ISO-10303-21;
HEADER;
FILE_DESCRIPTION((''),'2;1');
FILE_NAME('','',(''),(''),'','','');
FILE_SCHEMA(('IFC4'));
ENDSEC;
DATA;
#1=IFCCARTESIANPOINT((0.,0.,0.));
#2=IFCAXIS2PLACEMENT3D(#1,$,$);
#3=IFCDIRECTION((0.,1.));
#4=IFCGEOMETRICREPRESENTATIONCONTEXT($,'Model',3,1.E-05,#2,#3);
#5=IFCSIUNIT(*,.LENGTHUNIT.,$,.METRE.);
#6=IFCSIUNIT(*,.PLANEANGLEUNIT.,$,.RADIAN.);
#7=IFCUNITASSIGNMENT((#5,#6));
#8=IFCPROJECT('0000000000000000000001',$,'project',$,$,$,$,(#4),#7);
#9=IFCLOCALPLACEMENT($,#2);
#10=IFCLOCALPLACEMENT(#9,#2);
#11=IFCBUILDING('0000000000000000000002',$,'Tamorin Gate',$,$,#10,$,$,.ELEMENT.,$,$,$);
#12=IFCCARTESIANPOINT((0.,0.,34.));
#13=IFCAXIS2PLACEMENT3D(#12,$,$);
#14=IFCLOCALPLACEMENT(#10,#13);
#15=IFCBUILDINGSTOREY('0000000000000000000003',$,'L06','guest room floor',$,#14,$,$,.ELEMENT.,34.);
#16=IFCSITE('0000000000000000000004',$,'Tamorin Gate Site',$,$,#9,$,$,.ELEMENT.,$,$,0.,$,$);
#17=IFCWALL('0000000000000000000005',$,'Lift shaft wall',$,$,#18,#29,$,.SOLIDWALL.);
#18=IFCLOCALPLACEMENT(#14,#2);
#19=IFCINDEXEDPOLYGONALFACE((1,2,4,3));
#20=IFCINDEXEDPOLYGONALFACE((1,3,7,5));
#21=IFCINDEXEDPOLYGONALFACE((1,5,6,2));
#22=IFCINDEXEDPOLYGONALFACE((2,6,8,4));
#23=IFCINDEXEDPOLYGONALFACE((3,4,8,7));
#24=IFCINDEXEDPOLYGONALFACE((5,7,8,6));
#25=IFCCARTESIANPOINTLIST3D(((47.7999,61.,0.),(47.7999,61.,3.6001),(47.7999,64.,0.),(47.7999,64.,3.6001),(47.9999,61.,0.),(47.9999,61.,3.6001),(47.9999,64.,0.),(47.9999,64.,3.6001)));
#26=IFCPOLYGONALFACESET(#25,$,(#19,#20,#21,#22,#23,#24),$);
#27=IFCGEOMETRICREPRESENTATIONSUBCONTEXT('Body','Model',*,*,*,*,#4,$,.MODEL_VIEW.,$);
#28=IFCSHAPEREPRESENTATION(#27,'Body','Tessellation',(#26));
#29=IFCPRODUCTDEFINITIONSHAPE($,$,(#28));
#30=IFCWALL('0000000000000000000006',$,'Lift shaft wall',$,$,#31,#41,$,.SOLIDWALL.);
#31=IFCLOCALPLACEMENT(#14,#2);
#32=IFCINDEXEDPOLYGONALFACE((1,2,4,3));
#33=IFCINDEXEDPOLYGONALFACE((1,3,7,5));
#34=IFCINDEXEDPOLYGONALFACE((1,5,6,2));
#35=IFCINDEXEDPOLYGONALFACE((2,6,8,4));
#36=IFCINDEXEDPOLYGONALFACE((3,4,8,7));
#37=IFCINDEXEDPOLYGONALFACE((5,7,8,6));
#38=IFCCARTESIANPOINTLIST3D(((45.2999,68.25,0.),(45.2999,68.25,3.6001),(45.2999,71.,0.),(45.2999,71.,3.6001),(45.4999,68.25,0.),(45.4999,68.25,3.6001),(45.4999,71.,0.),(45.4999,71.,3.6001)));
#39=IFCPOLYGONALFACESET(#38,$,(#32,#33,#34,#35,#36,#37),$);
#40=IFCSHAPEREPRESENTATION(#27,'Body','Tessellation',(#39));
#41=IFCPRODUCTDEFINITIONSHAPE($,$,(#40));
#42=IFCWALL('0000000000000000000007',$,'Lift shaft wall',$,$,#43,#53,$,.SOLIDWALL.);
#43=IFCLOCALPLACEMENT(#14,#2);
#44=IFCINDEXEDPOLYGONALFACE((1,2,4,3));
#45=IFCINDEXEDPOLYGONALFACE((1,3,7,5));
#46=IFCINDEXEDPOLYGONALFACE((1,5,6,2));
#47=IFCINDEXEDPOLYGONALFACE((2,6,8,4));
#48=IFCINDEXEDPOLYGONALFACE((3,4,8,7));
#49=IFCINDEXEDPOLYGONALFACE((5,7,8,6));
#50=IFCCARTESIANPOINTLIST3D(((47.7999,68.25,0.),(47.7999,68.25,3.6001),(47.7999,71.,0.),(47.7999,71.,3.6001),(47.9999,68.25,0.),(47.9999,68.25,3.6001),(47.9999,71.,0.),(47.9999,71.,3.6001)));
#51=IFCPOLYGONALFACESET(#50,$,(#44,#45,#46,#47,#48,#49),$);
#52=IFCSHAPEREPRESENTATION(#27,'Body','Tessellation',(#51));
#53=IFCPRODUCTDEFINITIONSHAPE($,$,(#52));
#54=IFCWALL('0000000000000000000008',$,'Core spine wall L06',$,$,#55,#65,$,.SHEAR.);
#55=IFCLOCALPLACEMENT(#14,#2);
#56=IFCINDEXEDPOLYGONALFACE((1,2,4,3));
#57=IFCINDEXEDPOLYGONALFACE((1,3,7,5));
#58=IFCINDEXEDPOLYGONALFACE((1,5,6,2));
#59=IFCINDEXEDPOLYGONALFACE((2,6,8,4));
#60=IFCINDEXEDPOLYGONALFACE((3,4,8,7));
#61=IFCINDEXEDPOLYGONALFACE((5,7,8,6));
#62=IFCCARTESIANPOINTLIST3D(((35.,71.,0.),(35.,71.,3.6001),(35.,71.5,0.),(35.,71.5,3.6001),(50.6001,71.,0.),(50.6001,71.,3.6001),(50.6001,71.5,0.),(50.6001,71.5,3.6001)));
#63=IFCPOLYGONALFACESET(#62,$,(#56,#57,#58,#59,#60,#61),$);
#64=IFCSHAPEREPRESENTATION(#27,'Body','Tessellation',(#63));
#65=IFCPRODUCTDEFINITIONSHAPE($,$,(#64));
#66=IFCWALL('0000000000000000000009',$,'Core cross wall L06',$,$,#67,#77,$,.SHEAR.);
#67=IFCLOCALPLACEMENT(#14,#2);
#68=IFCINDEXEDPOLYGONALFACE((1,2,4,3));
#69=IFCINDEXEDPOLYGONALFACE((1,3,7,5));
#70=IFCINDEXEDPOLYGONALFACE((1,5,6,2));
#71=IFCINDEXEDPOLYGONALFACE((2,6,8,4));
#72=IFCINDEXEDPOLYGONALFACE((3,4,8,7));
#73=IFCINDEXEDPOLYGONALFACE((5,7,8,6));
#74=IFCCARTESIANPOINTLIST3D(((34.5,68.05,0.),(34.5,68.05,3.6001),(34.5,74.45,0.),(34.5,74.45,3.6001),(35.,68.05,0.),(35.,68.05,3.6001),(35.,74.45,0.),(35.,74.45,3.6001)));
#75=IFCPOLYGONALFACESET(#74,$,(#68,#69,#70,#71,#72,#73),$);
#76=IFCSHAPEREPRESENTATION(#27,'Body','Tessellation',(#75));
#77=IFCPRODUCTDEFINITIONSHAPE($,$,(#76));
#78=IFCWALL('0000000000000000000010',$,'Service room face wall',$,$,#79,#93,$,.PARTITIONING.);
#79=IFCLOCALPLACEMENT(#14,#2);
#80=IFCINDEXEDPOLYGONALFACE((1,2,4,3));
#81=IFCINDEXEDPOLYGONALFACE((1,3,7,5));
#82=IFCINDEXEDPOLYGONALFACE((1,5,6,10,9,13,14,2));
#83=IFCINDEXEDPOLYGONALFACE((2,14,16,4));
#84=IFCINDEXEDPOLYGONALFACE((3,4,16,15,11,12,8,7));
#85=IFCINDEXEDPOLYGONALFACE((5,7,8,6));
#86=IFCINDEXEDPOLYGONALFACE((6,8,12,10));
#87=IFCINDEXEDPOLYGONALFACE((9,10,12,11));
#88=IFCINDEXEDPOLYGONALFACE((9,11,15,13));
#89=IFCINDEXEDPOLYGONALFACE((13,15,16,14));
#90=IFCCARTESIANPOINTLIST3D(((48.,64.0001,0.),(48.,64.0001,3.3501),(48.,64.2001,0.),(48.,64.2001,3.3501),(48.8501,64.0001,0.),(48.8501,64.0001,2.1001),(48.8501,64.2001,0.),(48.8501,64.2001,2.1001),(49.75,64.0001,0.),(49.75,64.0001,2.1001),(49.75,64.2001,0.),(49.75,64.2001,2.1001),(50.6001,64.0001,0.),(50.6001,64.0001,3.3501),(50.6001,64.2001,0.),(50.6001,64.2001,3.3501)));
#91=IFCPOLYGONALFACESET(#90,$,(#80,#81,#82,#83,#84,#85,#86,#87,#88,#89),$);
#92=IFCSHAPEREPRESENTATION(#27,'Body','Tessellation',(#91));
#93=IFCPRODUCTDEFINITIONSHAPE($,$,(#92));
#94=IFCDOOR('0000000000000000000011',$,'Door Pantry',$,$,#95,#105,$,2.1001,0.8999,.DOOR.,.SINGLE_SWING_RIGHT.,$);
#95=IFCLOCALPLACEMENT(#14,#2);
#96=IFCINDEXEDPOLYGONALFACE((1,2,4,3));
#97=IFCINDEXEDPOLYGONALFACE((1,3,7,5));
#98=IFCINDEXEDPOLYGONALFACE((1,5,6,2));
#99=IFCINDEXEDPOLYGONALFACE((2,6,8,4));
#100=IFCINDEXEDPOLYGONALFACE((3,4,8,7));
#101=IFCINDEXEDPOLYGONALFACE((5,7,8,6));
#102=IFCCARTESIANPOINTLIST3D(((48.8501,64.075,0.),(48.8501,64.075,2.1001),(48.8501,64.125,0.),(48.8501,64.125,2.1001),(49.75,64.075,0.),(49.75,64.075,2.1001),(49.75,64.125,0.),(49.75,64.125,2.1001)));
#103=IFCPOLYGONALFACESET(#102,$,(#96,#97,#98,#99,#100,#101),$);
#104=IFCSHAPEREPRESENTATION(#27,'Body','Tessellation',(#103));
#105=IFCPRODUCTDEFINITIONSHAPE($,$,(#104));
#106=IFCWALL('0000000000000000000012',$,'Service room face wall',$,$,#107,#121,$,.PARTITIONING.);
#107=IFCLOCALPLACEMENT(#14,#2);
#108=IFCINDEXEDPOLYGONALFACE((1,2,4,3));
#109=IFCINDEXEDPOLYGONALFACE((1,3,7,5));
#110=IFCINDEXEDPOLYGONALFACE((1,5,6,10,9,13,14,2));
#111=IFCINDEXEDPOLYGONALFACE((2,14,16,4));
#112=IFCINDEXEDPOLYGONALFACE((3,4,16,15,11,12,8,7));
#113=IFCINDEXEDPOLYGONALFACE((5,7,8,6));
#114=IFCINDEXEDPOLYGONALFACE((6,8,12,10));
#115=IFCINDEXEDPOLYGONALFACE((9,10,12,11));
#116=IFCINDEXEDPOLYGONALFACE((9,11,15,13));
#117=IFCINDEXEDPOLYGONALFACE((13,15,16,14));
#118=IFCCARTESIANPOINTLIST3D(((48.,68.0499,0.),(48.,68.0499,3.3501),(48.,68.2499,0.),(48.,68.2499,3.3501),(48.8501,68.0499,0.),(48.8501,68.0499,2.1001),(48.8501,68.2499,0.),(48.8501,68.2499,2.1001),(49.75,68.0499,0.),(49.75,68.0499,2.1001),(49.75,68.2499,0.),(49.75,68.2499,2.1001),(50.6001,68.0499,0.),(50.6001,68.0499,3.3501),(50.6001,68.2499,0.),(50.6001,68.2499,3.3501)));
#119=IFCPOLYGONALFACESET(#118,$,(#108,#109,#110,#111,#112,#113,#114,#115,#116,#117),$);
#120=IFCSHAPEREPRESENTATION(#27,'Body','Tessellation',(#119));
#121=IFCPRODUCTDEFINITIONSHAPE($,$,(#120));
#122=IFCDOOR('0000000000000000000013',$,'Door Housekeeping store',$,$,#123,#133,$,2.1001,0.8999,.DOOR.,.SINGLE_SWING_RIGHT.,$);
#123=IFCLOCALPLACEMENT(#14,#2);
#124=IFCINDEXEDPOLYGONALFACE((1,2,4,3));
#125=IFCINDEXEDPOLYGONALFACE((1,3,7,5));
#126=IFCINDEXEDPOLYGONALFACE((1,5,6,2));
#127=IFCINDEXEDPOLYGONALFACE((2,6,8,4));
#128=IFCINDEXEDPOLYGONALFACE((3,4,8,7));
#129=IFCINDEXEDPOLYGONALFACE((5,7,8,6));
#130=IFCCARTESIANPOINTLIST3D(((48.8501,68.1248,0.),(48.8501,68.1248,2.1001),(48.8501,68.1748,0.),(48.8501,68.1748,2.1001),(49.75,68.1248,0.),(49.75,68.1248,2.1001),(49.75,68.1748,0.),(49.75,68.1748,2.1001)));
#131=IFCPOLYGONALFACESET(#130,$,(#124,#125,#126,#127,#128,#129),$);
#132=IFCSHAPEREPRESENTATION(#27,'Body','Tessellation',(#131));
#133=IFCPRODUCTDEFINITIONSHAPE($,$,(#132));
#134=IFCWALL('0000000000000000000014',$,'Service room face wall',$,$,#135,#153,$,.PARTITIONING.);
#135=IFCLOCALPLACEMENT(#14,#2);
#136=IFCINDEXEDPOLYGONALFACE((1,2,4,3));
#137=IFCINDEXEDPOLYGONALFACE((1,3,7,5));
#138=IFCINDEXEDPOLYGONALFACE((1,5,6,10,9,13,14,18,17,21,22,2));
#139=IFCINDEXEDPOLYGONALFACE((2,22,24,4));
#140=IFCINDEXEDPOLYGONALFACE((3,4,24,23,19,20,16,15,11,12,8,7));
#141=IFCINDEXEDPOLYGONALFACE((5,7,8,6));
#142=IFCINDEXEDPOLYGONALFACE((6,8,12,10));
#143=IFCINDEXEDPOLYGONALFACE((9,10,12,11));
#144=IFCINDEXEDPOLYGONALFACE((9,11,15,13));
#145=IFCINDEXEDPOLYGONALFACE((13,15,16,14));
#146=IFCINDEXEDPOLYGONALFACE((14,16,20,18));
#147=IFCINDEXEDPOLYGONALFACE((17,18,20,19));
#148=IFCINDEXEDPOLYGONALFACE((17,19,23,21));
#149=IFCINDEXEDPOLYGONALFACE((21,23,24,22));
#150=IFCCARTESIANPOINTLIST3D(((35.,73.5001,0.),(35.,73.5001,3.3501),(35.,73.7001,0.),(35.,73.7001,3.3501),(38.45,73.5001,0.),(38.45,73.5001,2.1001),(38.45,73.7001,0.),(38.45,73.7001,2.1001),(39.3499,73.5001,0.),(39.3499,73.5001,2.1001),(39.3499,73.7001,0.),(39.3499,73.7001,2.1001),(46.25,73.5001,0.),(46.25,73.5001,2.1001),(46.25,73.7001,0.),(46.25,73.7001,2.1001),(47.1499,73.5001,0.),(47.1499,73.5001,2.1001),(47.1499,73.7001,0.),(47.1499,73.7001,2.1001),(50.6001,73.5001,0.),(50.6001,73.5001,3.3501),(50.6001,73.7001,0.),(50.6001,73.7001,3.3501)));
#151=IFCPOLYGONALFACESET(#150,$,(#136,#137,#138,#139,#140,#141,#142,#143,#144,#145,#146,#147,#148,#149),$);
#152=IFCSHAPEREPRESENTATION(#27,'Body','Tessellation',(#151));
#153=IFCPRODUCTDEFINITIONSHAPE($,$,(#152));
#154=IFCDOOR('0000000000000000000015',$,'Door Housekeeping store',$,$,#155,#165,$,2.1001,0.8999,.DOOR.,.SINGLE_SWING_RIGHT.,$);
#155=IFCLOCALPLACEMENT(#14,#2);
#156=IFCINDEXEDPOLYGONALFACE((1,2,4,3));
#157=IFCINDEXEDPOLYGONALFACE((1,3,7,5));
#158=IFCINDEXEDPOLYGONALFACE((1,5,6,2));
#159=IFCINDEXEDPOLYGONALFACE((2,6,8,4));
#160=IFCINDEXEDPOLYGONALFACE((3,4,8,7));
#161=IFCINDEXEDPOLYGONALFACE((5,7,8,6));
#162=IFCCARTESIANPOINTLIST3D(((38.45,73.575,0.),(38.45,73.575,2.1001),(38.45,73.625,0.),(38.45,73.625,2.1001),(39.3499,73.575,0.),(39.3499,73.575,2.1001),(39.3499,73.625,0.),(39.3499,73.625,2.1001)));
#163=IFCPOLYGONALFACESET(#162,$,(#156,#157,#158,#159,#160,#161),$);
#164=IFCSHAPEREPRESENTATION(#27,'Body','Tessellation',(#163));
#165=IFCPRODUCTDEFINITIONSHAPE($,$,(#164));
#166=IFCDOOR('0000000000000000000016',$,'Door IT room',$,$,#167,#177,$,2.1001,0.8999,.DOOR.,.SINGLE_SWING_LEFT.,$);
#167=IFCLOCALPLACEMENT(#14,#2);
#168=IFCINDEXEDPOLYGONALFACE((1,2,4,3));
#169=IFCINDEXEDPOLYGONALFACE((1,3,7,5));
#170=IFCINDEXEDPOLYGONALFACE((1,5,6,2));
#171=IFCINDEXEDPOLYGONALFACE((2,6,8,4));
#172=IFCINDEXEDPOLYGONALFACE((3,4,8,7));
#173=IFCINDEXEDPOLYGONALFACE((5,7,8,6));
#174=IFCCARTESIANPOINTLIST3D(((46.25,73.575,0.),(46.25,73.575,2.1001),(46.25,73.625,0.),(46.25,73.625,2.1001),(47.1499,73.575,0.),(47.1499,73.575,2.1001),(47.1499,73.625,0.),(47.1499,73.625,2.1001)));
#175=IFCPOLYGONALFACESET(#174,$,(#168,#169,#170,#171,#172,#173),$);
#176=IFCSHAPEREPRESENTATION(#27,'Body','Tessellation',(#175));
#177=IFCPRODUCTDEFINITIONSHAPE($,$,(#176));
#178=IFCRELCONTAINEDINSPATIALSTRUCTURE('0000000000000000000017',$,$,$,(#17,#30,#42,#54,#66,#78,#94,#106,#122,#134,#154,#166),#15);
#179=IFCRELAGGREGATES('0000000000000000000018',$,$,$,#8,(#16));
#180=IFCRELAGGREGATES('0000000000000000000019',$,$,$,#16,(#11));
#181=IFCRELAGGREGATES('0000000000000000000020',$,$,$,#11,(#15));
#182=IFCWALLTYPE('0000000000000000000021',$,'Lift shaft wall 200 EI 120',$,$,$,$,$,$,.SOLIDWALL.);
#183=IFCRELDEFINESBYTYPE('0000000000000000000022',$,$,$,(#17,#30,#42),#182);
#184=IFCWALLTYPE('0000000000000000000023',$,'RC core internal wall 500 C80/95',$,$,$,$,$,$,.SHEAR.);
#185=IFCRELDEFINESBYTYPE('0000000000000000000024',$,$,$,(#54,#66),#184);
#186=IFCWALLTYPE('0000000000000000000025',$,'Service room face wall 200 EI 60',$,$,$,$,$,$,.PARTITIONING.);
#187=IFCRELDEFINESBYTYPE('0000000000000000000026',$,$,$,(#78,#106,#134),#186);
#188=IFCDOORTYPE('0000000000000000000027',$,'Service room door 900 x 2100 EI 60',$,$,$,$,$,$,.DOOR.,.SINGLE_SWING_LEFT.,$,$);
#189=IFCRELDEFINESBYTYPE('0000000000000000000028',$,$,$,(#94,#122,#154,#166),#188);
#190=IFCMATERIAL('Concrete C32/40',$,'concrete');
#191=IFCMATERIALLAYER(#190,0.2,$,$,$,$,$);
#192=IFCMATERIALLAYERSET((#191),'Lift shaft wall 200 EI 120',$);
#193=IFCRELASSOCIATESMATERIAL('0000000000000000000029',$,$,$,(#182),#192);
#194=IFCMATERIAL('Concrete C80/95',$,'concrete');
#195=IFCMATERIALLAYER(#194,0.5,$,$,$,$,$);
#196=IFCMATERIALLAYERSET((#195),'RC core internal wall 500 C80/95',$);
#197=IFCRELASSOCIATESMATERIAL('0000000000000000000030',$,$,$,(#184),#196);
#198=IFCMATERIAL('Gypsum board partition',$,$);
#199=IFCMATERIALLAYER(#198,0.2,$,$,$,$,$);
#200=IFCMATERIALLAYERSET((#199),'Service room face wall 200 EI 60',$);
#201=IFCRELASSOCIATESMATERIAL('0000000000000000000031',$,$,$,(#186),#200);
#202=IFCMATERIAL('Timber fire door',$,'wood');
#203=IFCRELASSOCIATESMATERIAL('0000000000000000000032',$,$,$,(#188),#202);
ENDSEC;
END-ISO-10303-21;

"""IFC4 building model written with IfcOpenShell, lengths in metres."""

from ifc_helpers import new_model, si_unit, direction, frame, frame_2d, origin, place, context, subcontext, project, spatial, rectangle, extrude, material, layer, layer_set, type_object, element, fill, save


model = new_model("IFC4")

# Units and contexts
model_context = context("Model", 3, precision=1e-05, world=origin(), true_north=direction((0.0, 1.0)))
body_context = subcontext(model_context, "Body", "Model", "MODEL_VIEW")
ifc_project = project(units=[si_unit("LENGTHUNIT", "METRE"), si_unit("PLANEANGLEUNIT", "RADIAN")], contexts=[model_context])

# Site, building, storey
site_placement = place(None, origin())
site = spatial("IfcSite", under=ifc_project, at=site_placement, Name="Tamorin Gate Site", CompositionType="ELEMENT", RefElevation=0.0)
building_placement = place(site_placement, origin())
building = spatial("IfcBuilding", under=site, at=building_placement, Name="Tamorin Gate", CompositionType="ELEMENT")
storey_placement = place(building_placement, frame((0.0, 0.0, 34.0)))
storey = spatial("IfcBuildingStorey", under=building, at=storey_placement, Name="L06", Description="guest room floor", CompositionType="ELEMENT", Elevation=34.0)

# Shared definitions
ifc_material_1 = material(Name="Concrete C80/95", Category="concrete")

# Shared definitions
ifc_material_2 = material(Name="Concrete C32/40", Category="concrete")

# Walls
ifc_layer_1 = layer(ifc_material_2, 0.2)
ifc_layer_set_1 = layer_set([ifc_layer_1], Name="Lift shaft wall 200 EI 120")
wall_type_1 = type_object("IfcWallType", Name="Lift shaft wall 200 EI 120", PredefinedType="SOLIDWALL", material=ifc_layer_set_1)
wall_1_placement = place(storey_placement, frame((47.8999, 61.0, 0.0), z_axis=(0.0, 0.0, 1.0), x_axis=(0.0, 1.0, 0.0)))
element("IfcWall", 1, at=wall_1_placement, inside=storey, type_object=wall_type_1, Name="Lift shaft wall", PredefinedType="SOLIDWALL", context=body_context, shape_type="SweptSolid", body=[
    extrude(rectangle(XDim=3.0, YDim=0.2, at=frame_2d((1.5, 0.0))), origin(), (0.0, 0.0, 1.0), 3.6001),
])
for number, where, z_axis, x_axis, name in (
    (2, (45.3999, 68.25, 0.0), (0.0, 0.0, 1.0), (0.0, 1.0, 0.0), "Lift shaft wall"),
    (3, (47.8999, 68.25, 0.0), (0.0, 0.0, 1.0), (0.0, 1.0, 0.0), "Lift shaft wall"),
):
    element("IfcWall", number, at=place(storey_placement, frame(where, z_axis=z_axis, x_axis=x_axis)), inside=storey, type_object=wall_type_1, Name=name, PredefinedType="SOLIDWALL", context=body_context, shape_type="SweptSolid", body=[
        extrude(rectangle(XDim=2.75, YDim=0.2, at=frame_2d((1.375, 0.0))), origin(), (0.0, 0.0, 1.0), 3.6001),
    ])
ifc_layer_2 = layer(ifc_material_1, 0.5)
ifc_layer_set_2 = layer_set([ifc_layer_2], Name="RC core internal wall 500 C80/95")
wall_type_2 = type_object("IfcWallType", Name="RC core internal wall 500 C80/95", PredefinedType="SHEAR", material=ifc_layer_set_2)
wall_2_placement = place(storey_placement, frame((35.0, 71.25, 0.0), z_axis=(0.0, 0.0, 1.0), x_axis=(1.0, 0.0, 0.0)))
element("IfcWall", 4, at=wall_2_placement, inside=storey, type_object=wall_type_2, Name="Core spine wall L06", PredefinedType="SHEAR", context=body_context, shape_type="SweptSolid", body=[
    extrude(rectangle(XDim=15.6001, YDim=0.5, at=frame_2d((7.8, 0.0))), origin(), (0.0, 0.0, 1.0), 3.6001),
])
wall_3_placement = place(storey_placement, frame((34.75, 68.05, 0.0), z_axis=(0.0, 0.0, 1.0), x_axis=(0.0, 1.0, 0.0)))
element("IfcWall", 5, at=wall_3_placement, inside=storey, type_object=wall_type_2, Name="Core cross wall L06", PredefinedType="SHEAR", context=body_context, shape_type="SweptSolid", body=[
    extrude(rectangle(XDim=6.3999, YDim=0.5, at=frame_2d((3.2, 0.0))), origin(), (0.0, 0.0, 1.0), 3.6001),
])

# Walls, openings, doors
ifc_material_3 = material(Name="Gypsum board partition")
ifc_layer_3 = layer(ifc_material_3, 0.2)
ifc_layer_set_3 = layer_set([ifc_layer_3], Name="Service room face wall 200 EI 60")
wall_type_3 = type_object("IfcWallType", Name="Service room face wall 200 EI 60", PredefinedType="PARTITIONING", material=ifc_layer_set_3)
wall_4_placement = place(storey_placement, frame((48.0, 64.1001, 0.0), z_axis=(0.0, 0.0, 1.0), x_axis=(1.0, 0.0, 0.0)))
wall_4 = element("IfcWall", 6, at=wall_4_placement, inside=storey, type_object=wall_type_3, Name="Service room face wall", PredefinedType="PARTITIONING", context=body_context, shape_type="SweptSolid", body=[
    extrude(rectangle(XDim=2.6001, YDim=0.2, at=frame_2d((1.3, 0.0))), origin(), (0.0, 0.0, 1.0), 3.3501),
])
opening_1_placement = place(wall_4_placement, frame((0.8501, 0.0, 0.0)))
opening_1 = element("IfcOpeningElement", 7, at=opening_1_placement, cuts=wall_4, PredefinedType="OPENING", context=body_context, shape_type="SweptSolid", body=[
    extrude(rectangle(XDim=0.8999, YDim=2.1001, at=frame_2d((0.45, 1.05))), frame((0.0, 0.1099, 0.0), z_axis=(0.0, -1.0, 0.0), x_axis=(1.0, 0.0, 0.0)), (0.0, 0.0, 1.0), 0.22),
])
ifc_material_4 = material(Name="Timber fire door", Category="wood")
door_type_1 = type_object("IfcDoorType", Name="Service room door 900 x 2100 EI 60", OperationType="SINGLE_SWING_LEFT", PredefinedType="DOOR", material=ifc_material_4)
door_1_placement = place(opening_1_placement, origin())
door_1 = element("IfcDoor", 8, at=door_1_placement, inside=storey, type_object=door_type_1, Name="Door Pantry", OperationType="SINGLE_SWING_RIGHT", OverallHeight=2.1001, OverallWidth=0.8999, PredefinedType="DOOR", context=body_context, shape_type="SweptSolid", body=[
    extrude(rectangle(XDim=0.8999, YDim=2.1001, at=frame_2d((0.45, 1.05))), frame((0.0, 0.0249, 0.0), z_axis=(0.0, -1.0, 0.0), x_axis=(1.0, 0.0, 0.0)), (0.0, 0.0, 1.0), 0.05),
])
fill(opening_1, door_1)
wall_5_placement = place(storey_placement, frame((48.0, 68.1499, 0.0), z_axis=(0.0, 0.0, 1.0), x_axis=(1.0, 0.0, 0.0)))
wall_5 = element("IfcWall", 9, at=wall_5_placement, inside=storey, type_object=wall_type_3, Name="Service room face wall", PredefinedType="PARTITIONING", context=body_context, shape_type="SweptSolid", body=[
    extrude(rectangle(XDim=2.6001, YDim=0.2, at=frame_2d((1.3, 0.0))), origin(), (0.0, 0.0, 1.0), 3.3501),
])
opening_2_placement = place(wall_5_placement, frame((0.8501, 0.0, 0.0)))
opening_2 = element("IfcOpeningElement", 10, at=opening_2_placement, cuts=wall_5, PredefinedType="OPENING", context=body_context, shape_type="SweptSolid", body=[
    extrude(rectangle(XDim=0.8999, YDim=2.1001, at=frame_2d((0.45, 1.05))), frame((0.0, 0.1099, 0.0), z_axis=(0.0, -1.0, 0.0), x_axis=(1.0, 0.0, 0.0)), (0.0, 0.0, 1.0), 0.22),
])
door_2_placement = place(opening_2_placement, origin())
door_2 = element("IfcDoor", 11, at=door_2_placement, inside=storey, type_object=door_type_1, Name="Door Housekeeping store", OperationType="SINGLE_SWING_RIGHT", OverallHeight=2.1001, OverallWidth=0.8999, PredefinedType="DOOR", context=body_context, shape_type="SweptSolid", body=[
    extrude(rectangle(XDim=0.8999, YDim=2.1001, at=frame_2d((0.45, 1.05))), frame((0.0, 0.0249, 0.0), z_axis=(0.0, -1.0, 0.0), x_axis=(1.0, 0.0, 0.0)), (0.0, 0.0, 1.0), 0.05),
])
fill(opening_2, door_2)

# Wall, openings, doors
wall_6_placement = place(storey_placement, frame((35.0, 73.6001, 0.0), z_axis=(0.0, 0.0, 1.0), x_axis=(1.0, 0.0, 0.0)))
wall_6 = element("IfcWall", 12, at=wall_6_placement, inside=storey, type_object=wall_type_3, Name="Service room face wall", PredefinedType="PARTITIONING", context=body_context, shape_type="SweptSolid", body=[
    extrude(rectangle(XDim=15.6001, YDim=0.2, at=frame_2d((7.8, 0.0))), origin(), (0.0, 0.0, 1.0), 3.3501),
])
opening_3_placement = place(wall_6_placement, frame((3.45, 0.0, 0.0)))
opening_3 = element("IfcOpeningElement", 13, at=opening_3_placement, cuts=wall_6, PredefinedType="OPENING", context=body_context, shape_type="SweptSolid", body=[
    extrude(rectangle(XDim=0.8999, YDim=2.1001, at=frame_2d((0.45, 1.05))), frame((0.0, 0.1099, 0.0), z_axis=(0.0, -1.0, 0.0), x_axis=(1.0, 0.0, 0.0)), (0.0, 0.0, 1.0), 0.22),
])
opening_4_placement = place(wall_6_placement, frame((11.25, 0.0, 0.0)))
opening_4 = element("IfcOpeningElement", 14, at=opening_4_placement, cuts=wall_6, PredefinedType="OPENING", context=body_context, shape_type="SweptSolid", body=[
    extrude(rectangle(XDim=0.8999, YDim=2.1001, at=frame_2d((0.45, 1.05))), frame((0.0, 0.1099, 0.0), z_axis=(0.0, -1.0, 0.0), x_axis=(1.0, 0.0, 0.0)), (0.0, 0.0, 1.0), 0.22),
])
door_3_placement = place(opening_3_placement, origin())
door_3 = element("IfcDoor", 15, at=door_3_placement, inside=storey, type_object=door_type_1, Name="Door Housekeeping store", OperationType="SINGLE_SWING_RIGHT", OverallHeight=2.1001, OverallWidth=0.8999, PredefinedType="DOOR", context=body_context, shape_type="SweptSolid", body=[
    extrude(rectangle(XDim=0.8999, YDim=2.1001, at=frame_2d((0.45, 1.05))), frame((0.0, 0.0249, 0.0), z_axis=(0.0, -1.0, 0.0), x_axis=(1.0, 0.0, 0.0)), (0.0, 0.0, 1.0), 0.05),
])
fill(opening_3, door_3)
door_4_placement = place(opening_4_placement, origin())
door_4 = element("IfcDoor", 16, at=door_4_placement, inside=storey, type_object=door_type_1, Name="Door IT room", OperationType="SINGLE_SWING_LEFT", OverallHeight=2.1001, OverallWidth=0.8999, PredefinedType="DOOR", context=body_context, shape_type="SweptSolid", body=[
    extrude(rectangle(XDim=0.8999, YDim=2.1001, at=frame_2d((0.45, 1.05))), frame((0.0, 0.0249, 0.0), z_axis=(0.0, -1.0, 0.0), x_axis=(1.0, 0.0, 0.0)), (0.0, 0.0, 1.0), 0.05),
])
fill(opening_4, door_4)

save(model, "model.ifc")
